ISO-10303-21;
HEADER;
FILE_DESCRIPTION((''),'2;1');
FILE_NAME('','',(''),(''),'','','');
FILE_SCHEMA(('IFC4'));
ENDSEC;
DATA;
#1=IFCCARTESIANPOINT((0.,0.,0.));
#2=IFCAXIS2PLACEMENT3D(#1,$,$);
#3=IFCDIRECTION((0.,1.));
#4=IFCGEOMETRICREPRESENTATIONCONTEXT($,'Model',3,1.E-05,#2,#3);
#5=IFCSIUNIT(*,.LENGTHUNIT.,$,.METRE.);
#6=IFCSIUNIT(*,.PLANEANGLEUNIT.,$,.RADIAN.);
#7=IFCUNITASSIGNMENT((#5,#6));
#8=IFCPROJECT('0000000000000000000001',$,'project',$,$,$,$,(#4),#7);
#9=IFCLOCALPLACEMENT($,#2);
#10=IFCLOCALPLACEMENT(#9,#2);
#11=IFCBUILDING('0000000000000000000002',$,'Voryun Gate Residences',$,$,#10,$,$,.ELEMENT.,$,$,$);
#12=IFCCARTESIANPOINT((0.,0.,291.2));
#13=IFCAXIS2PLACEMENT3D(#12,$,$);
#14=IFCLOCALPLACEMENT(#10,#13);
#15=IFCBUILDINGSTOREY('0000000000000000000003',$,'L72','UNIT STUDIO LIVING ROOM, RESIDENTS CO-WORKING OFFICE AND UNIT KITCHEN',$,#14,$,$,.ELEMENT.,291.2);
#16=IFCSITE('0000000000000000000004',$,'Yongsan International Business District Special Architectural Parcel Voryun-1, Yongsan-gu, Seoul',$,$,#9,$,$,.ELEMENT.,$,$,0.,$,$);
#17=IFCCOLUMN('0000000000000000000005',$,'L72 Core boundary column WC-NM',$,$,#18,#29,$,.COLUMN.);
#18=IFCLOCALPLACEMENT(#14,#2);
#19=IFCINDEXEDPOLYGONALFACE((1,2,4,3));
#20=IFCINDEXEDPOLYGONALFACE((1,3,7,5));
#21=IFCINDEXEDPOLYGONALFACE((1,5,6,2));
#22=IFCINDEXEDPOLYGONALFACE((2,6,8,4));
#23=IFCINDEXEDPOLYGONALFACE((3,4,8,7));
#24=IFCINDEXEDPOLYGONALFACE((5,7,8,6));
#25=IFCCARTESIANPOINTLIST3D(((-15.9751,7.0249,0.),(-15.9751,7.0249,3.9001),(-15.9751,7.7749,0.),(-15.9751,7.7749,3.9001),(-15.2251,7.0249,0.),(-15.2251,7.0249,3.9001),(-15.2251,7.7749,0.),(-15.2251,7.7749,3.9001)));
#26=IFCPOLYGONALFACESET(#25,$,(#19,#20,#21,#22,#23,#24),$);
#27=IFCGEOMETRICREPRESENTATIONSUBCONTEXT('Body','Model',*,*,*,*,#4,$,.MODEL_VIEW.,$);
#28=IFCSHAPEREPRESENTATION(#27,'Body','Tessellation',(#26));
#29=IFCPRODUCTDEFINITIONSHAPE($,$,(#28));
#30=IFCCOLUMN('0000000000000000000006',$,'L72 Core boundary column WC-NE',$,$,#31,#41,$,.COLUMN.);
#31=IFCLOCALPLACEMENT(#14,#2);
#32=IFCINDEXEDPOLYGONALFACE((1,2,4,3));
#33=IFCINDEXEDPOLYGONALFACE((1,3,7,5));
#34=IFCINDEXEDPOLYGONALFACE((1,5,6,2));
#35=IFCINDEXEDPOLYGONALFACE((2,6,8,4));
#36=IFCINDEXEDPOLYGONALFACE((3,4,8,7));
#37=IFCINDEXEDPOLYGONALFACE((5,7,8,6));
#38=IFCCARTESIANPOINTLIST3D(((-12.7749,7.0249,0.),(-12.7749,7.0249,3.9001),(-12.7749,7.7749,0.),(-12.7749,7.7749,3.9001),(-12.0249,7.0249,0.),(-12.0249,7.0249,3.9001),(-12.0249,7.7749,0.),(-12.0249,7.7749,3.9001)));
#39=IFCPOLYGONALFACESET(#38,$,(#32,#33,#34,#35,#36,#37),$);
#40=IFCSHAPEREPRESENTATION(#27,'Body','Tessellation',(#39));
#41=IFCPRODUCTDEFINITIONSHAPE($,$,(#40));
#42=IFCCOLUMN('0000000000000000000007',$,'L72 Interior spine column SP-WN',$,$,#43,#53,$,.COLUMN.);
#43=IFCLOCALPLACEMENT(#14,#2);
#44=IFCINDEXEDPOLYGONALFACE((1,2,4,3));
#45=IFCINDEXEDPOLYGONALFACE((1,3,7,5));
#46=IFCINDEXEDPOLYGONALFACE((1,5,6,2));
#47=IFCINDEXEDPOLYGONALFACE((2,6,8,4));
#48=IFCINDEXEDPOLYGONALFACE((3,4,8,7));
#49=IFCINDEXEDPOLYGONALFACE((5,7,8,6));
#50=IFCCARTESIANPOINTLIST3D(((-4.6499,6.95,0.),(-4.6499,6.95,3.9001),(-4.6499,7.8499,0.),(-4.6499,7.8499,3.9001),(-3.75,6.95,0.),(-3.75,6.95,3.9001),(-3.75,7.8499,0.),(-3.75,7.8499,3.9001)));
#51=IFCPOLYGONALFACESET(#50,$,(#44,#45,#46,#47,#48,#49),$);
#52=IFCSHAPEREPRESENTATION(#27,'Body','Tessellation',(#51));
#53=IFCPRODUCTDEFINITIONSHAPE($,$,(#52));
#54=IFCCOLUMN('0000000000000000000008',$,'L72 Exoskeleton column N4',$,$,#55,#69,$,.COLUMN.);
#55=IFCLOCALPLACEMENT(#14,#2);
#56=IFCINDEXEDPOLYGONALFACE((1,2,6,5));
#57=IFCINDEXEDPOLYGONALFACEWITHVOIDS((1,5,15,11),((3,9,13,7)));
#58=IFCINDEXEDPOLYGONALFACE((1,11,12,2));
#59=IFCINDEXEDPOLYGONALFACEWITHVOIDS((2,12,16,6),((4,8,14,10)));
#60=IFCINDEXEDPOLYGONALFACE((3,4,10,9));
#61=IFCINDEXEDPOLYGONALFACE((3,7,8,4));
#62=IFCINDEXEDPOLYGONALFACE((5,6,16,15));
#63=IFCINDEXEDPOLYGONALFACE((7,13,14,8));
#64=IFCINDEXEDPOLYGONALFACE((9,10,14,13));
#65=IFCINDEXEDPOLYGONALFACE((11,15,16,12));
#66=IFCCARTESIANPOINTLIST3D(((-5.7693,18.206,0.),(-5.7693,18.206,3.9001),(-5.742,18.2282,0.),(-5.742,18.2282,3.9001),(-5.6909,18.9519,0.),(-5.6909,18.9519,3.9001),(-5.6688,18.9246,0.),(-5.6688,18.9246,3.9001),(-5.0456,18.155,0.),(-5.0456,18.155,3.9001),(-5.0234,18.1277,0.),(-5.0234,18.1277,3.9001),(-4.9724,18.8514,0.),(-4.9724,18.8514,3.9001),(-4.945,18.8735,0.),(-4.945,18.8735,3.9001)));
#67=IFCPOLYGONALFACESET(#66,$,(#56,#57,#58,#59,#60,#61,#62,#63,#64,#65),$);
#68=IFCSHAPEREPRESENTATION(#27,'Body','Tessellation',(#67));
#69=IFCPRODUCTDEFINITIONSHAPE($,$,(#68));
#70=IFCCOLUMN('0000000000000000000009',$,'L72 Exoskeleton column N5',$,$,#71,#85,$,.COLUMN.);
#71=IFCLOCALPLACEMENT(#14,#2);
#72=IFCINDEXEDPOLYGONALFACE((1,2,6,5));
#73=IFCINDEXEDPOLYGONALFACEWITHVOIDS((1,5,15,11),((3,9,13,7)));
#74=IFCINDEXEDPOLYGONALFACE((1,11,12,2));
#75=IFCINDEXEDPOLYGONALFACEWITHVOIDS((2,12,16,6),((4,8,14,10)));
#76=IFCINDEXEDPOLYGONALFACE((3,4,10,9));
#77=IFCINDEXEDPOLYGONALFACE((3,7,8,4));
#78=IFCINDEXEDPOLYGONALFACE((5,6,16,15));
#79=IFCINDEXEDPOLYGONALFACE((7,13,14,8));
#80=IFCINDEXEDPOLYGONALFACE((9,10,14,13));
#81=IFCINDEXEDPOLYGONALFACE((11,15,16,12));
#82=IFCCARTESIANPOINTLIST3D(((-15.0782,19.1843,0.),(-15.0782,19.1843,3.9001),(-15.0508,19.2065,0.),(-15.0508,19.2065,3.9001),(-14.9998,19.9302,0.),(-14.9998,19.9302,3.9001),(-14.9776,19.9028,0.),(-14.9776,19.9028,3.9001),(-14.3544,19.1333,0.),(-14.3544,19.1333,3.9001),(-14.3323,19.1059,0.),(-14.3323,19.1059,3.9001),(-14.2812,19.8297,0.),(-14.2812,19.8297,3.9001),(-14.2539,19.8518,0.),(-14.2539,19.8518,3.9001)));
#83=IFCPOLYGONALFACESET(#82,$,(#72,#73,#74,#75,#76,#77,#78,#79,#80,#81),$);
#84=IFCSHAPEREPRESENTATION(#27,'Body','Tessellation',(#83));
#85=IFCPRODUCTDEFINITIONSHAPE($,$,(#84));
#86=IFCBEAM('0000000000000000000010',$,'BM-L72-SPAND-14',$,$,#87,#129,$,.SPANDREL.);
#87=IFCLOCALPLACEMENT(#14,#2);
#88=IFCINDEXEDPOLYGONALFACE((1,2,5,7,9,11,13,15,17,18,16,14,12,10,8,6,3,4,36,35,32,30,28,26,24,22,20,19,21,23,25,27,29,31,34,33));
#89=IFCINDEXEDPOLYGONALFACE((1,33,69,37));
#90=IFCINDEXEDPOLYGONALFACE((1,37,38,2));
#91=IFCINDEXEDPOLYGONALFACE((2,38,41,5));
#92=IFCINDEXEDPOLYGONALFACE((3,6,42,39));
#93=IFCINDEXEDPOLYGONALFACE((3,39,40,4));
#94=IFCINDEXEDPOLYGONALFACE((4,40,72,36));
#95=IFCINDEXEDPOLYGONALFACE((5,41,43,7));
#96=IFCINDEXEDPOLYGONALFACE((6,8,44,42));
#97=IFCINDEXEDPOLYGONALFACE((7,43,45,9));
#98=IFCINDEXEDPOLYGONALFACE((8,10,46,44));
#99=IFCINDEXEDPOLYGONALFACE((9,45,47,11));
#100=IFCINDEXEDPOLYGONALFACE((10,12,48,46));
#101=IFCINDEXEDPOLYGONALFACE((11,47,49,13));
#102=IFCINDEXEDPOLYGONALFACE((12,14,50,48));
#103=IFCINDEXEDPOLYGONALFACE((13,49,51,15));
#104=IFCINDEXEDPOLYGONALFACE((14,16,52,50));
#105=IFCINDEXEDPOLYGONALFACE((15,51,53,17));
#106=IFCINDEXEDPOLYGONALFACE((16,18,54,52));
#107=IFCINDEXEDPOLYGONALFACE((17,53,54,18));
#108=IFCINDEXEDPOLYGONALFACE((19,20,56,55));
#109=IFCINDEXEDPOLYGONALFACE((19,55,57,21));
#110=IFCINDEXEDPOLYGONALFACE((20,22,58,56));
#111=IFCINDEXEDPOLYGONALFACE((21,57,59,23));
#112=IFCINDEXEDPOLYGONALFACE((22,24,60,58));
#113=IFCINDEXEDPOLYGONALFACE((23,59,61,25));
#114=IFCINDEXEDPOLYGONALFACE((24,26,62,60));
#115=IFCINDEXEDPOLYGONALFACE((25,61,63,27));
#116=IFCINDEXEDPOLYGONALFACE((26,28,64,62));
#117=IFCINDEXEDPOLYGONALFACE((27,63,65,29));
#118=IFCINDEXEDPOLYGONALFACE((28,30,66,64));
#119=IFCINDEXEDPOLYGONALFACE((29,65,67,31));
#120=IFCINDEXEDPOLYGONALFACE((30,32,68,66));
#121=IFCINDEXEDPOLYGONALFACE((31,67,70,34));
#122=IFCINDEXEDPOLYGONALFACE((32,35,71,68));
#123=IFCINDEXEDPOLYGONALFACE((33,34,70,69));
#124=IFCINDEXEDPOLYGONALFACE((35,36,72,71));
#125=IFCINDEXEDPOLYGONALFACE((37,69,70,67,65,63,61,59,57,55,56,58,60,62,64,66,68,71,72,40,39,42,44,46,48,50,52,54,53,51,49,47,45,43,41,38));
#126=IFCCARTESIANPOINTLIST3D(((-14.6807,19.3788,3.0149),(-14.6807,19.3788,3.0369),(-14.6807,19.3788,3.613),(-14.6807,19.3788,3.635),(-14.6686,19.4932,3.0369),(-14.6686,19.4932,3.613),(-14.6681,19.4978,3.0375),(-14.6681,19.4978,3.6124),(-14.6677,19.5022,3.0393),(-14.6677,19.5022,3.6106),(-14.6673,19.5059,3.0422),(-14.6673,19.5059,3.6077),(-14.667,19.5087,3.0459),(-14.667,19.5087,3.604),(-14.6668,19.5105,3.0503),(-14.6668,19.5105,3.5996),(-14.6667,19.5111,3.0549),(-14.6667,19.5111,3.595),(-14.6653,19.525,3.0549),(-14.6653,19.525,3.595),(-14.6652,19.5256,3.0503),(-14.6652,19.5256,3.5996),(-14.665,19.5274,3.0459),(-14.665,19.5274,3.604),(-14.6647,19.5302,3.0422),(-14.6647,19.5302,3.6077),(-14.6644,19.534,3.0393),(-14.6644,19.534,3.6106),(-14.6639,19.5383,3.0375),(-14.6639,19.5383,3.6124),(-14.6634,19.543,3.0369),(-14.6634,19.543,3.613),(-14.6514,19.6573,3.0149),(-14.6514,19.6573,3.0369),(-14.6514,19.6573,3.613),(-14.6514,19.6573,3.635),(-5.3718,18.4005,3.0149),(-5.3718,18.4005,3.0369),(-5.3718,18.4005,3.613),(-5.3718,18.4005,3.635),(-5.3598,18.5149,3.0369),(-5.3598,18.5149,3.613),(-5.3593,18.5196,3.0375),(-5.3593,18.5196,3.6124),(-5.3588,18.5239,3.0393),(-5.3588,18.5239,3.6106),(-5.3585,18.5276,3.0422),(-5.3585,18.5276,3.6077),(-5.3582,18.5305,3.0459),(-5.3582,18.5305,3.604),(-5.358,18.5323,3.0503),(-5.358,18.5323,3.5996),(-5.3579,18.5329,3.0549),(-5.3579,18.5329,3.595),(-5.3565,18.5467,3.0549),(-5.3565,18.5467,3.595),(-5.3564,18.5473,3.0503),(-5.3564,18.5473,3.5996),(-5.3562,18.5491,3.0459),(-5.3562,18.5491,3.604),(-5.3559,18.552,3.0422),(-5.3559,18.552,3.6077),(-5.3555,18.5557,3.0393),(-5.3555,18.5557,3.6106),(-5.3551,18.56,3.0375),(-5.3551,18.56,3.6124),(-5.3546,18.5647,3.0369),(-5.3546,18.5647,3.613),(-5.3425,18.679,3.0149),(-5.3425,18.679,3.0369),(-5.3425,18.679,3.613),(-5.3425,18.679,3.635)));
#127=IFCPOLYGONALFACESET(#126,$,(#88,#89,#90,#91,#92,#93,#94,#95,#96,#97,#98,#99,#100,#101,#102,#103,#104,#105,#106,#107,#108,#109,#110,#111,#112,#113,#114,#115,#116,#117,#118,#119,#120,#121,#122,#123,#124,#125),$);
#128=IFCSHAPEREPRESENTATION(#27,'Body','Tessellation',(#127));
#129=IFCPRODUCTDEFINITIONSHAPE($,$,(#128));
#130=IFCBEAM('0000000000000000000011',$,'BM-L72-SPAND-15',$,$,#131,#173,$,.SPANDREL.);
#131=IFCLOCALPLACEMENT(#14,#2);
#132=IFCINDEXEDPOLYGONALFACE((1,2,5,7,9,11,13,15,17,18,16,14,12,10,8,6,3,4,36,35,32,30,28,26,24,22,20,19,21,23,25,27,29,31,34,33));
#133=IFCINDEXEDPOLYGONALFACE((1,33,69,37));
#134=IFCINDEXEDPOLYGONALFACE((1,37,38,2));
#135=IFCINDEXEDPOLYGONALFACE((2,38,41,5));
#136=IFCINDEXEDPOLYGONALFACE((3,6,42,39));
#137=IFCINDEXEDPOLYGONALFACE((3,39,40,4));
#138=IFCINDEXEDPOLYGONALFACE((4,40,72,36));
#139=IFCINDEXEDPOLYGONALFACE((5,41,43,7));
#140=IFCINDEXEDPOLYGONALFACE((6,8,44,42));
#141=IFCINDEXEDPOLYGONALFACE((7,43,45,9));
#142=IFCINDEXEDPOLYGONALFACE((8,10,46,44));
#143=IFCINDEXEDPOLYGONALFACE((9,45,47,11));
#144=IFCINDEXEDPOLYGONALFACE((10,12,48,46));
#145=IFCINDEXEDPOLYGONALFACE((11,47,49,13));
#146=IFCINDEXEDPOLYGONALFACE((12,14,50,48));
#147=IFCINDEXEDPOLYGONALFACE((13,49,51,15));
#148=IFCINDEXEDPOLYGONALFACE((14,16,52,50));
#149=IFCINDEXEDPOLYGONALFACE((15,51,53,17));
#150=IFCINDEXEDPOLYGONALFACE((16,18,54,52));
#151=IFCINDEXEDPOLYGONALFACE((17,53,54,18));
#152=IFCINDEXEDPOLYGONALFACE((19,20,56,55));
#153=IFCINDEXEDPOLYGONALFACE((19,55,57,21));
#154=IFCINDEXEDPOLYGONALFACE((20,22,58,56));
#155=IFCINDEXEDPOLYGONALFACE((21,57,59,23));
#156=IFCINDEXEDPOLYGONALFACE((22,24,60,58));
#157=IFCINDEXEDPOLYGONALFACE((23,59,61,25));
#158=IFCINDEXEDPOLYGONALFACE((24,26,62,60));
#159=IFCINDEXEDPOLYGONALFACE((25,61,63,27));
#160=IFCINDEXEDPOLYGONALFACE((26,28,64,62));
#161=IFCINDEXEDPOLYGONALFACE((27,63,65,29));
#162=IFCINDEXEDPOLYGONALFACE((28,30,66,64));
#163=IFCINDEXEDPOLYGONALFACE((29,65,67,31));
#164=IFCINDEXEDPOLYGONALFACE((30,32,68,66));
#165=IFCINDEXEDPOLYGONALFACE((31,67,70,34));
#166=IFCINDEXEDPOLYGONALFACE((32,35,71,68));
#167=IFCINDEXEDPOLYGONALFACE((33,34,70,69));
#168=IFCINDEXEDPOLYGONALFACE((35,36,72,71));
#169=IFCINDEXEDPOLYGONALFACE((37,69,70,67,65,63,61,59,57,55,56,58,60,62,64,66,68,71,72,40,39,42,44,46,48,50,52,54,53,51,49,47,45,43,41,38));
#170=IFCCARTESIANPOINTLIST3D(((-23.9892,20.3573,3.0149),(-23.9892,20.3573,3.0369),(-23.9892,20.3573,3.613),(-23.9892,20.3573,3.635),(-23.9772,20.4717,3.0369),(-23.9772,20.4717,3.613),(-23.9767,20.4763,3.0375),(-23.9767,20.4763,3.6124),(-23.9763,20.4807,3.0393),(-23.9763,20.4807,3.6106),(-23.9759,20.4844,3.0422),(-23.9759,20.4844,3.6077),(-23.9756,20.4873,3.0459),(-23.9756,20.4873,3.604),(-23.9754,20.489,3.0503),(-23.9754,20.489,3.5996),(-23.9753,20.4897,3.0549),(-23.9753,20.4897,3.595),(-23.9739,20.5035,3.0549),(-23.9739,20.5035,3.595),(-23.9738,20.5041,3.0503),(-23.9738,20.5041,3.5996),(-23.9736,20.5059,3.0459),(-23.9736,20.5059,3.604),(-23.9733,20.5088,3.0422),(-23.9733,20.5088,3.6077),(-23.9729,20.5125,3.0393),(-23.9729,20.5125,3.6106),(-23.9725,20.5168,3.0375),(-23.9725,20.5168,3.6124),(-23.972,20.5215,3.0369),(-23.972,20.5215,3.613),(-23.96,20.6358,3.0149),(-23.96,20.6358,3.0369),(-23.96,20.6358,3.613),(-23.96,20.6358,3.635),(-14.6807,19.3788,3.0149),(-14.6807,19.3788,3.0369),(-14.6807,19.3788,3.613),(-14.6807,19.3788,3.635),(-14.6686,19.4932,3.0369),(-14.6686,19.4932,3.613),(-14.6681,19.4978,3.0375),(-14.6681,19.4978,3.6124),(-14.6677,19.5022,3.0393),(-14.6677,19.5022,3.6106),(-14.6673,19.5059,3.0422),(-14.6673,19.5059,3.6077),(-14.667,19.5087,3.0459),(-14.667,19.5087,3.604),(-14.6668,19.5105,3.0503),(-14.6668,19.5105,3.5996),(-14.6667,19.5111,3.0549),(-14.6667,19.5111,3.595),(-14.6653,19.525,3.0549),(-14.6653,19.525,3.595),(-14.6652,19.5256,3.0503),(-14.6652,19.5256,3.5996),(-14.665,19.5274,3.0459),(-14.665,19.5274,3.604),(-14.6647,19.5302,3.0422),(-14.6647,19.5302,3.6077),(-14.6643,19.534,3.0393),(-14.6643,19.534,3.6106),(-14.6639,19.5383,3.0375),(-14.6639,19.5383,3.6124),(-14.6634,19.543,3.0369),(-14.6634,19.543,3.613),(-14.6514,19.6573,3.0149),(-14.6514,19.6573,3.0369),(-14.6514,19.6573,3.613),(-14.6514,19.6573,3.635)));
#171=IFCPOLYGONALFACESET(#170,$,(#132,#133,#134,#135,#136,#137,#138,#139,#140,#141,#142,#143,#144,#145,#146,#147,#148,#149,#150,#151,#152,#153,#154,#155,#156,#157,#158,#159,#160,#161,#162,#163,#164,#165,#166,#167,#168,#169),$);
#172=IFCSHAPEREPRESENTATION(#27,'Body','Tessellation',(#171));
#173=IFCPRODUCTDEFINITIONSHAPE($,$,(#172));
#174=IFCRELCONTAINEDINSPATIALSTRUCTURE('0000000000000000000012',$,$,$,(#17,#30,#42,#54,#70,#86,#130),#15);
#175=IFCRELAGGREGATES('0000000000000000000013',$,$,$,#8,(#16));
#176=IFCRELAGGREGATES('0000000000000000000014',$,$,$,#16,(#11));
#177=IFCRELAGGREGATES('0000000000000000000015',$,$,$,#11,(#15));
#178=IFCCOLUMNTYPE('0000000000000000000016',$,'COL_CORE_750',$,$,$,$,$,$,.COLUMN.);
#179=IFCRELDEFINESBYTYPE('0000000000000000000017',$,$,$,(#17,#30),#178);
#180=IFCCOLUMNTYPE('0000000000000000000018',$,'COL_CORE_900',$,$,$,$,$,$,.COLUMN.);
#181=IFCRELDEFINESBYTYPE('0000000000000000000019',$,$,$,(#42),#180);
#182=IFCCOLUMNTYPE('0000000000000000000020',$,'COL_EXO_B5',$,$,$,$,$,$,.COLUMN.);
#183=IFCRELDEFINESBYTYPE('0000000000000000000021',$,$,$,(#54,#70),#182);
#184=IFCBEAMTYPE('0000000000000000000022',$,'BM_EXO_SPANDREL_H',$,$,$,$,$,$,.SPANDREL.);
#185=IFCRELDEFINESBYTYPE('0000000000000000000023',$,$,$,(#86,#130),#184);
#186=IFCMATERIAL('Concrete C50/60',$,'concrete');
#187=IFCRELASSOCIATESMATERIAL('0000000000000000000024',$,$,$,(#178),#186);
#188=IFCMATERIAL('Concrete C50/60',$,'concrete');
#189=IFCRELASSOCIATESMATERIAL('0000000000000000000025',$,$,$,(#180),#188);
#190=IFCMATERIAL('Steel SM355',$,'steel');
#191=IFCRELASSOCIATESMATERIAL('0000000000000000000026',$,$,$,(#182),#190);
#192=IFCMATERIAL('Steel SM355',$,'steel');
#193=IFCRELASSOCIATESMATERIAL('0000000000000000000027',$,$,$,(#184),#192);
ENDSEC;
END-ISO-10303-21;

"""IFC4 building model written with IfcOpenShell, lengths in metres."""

from ifc_helpers import new_model, si_unit, direction, frame, origin, origin_2d, place, context, subcontext, project, spatial, rectangle, hollow_rectangle, i_section, extrude, material, material_profile, profile_set, type_object, element, save


model = new_model("IFC4")

# Units and contexts
model_context = context("Model", 3, precision=1e-05, world=origin(), true_north=direction((0.0, 1.0)))
body_context = subcontext(model_context, "Body", "Model", "MODEL_VIEW")
ifc_project = project(units=[si_unit("LENGTHUNIT", "METRE"), si_unit("PLANEANGLEUNIT", "RADIAN")], contexts=[model_context])

# Site, building, storey
site_placement = place(None, origin())
site = spatial("IfcSite", under=ifc_project, at=site_placement, Name="Yongsan International Business District Special Architectural Parcel Voryun-1, Yongsan-gu, Seoul", CompositionType="ELEMENT", RefElevation=0.0)
building_placement = place(site_placement, origin())
building = spatial("IfcBuilding", under=site, at=building_placement, Name="Voryun Gate Residences", CompositionType="ELEMENT")
storey_placement = place(building_placement, frame((0.0, 0.0, 291.2)))
storey = spatial("IfcBuildingStorey", under=building, at=storey_placement, Name="L72", Description="UNIT STUDIO LIVING ROOM, RESIDENTS CO-WORKING OFFICE AND UNIT KITCHEN", CompositionType="ELEMENT", Elevation=291.2)

# Columns
ifc_material_1 = material(Name="Concrete C50/60", Category="concrete")
ifc_material_profile_1 = material_profile(ifc_material_1, rectangle(XDim=0.75, YDim=0.75, at=origin_2d()), Name="RC-750x750")
ifc_profile_set_1 = profile_set([ifc_material_profile_1], Name="Concrete C50/60")
column_type_1 = type_object("IfcColumnType", Name="COL_CORE_750", PredefinedType="COLUMN", material=ifc_profile_set_1)
for number, where, z_axis, x_axis, name in (
    (1, (-15.6001, 7.3999, 0.0), (0.0, 0.0, 1.0), (1.0, 0.0, 0.0), "L72 Core boundary column WC-NM"),
    (2, (-12.3999, 7.3999, 0.0), (0.0, 0.0, 1.0), (1.0, 0.0, 0.0), "L72 Core boundary column WC-NE"),
):
    element("IfcColumn", number, at=place(storey_placement, frame(where, z_axis=z_axis, x_axis=x_axis)), inside=storey, type_object=column_type_1, Name=name, PredefinedType="COLUMN", context=body_context, shape_type="SweptSolid", body=[
        extrude(rectangle(XDim=0.75, YDim=0.75, at=origin_2d()), origin(), (0.0, 0.0, 1.0), 3.9001),
    ])
ifc_material_2 = material(Name="Concrete C50/60", Category="concrete")
ifc_material_profile_2 = material_profile(ifc_material_2, rectangle(XDim=0.8999, YDim=0.8999, at=origin_2d()), Name="RC-900x900")
ifc_profile_set_2 = profile_set([ifc_material_profile_2], Name="Concrete C50/60")
column_type_2 = type_object("IfcColumnType", Name="COL_CORE_900", PredefinedType="COLUMN", material=ifc_profile_set_2)
column_placement = place(storey_placement, frame((-4.2, 7.3999, 0.0), z_axis=(0.0, 0.0, 1.0), x_axis=(1.0, 0.0, 0.0)))
element("IfcColumn", 3, at=column_placement, inside=storey, type_object=column_type_2, Name="L72 Interior spine column SP-WN", PredefinedType="COLUMN", context=body_context, shape_type="SweptSolid", body=[
    extrude(rectangle(XDim=0.8999, YDim=0.8999, at=origin_2d()), origin(), (0.0, 0.0, 1.0), 3.9001),
])
ifc_material_3 = material(Name="Steel SM355", Category="steel")
ifc_material_profile_3 = material_profile(ifc_material_3, hollow_rectangle(XDim=0.75, YDim=0.75, WallThickness=0.0249, at=origin_2d()), Name="BOX-750x750x25")
ifc_profile_set_3 = profile_set([ifc_material_profile_3], Name="Steel SM355")
column_type_3 = type_object("IfcColumnType", Name="COL_EXO_B5", PredefinedType="COLUMN", material=ifc_profile_set_3)
for number, where, z_axis, x_axis, name in (
    (4, (-5.3572, 18.5398, 0.0), (0.0, 0.0, 1.0), (0.994522, -0.104528, 0.0), "L72 Exoskeleton column N4"),
    (5, (-14.666, 19.5181, 0.0), (0.0, 0.0, 1.0), (0.994522, -0.104528, 0.0), "L72 Exoskeleton column N5"),
):
    element("IfcColumn", number, at=place(storey_placement, frame(where, z_axis=z_axis, x_axis=x_axis)), inside=storey, type_object=column_type_3, Name=name, PredefinedType="COLUMN", context=body_context, shape_type="SweptSolid", body=[
        extrude(hollow_rectangle(XDim=0.75, YDim=0.75, WallThickness=0.0249, at=origin_2d()), origin(), (0.0, 0.0, 1.0), 3.9001),
    ])

# Beams
ifc_material_4 = material(Name="Steel SM355", Category="steel")
ifc_material_profile_4 = material_profile(ifc_material_4, i_section(OverallWidth=0.28, OverallDepth=0.6201, WebThickness=0.0139, FlangeThickness=0.022, FilletRadius=0.0181, at=origin_2d()), Name="H-620x280x14x22")
ifc_profile_set_4 = profile_set([ifc_material_profile_4], Name="Steel SM355")
beam_type_1 = type_object("IfcBeamType", Name="BM_EXO_SPANDREL_H", PredefinedType="SPANDREL", material=ifc_profile_set_4)
beam_1_placement = place(storey_placement, frame((-5.3572, 18.5398, 3.325), z_axis=(-0.994523, 0.104515, 0.0), x_axis=(-0.104515, -0.994523, 0.0)))
element("IfcBeam", 6, at=beam_1_placement, inside=storey, type_object=beam_type_1, Name="BM-L72-SPAND-14", PredefinedType="SPANDREL", context=body_context, shape_type="SweptSolid", body=[
    extrude(i_section(OverallWidth=0.28, OverallDepth=0.6201, WebThickness=0.0139, FlangeThickness=0.022, FilletRadius=0.0181, at=origin_2d()), origin(), (0.0, 0.0, 1.0), 9.3601),
])
beam_2_placement = place(storey_placement, frame((-14.666, 19.5181, 3.325), z_axis=(-0.99452, 0.104544, 0.0), x_axis=(-0.104544, -0.99452, 0.0)))
element("IfcBeam", 7, at=beam_2_placement, inside=storey, type_object=beam_type_1, Name="BM-L72-SPAND-15", PredefinedType="SPANDREL", context=body_context, shape_type="SweptSolid", body=[
    extrude(i_section(OverallWidth=0.28, OverallDepth=0.6201, WebThickness=0.0139, FlangeThickness=0.022, FilletRadius=0.0181, at=origin_2d()), origin(), (0.0, 0.0, 1.0), 9.3599),
])

save(model, "model.ifc")
